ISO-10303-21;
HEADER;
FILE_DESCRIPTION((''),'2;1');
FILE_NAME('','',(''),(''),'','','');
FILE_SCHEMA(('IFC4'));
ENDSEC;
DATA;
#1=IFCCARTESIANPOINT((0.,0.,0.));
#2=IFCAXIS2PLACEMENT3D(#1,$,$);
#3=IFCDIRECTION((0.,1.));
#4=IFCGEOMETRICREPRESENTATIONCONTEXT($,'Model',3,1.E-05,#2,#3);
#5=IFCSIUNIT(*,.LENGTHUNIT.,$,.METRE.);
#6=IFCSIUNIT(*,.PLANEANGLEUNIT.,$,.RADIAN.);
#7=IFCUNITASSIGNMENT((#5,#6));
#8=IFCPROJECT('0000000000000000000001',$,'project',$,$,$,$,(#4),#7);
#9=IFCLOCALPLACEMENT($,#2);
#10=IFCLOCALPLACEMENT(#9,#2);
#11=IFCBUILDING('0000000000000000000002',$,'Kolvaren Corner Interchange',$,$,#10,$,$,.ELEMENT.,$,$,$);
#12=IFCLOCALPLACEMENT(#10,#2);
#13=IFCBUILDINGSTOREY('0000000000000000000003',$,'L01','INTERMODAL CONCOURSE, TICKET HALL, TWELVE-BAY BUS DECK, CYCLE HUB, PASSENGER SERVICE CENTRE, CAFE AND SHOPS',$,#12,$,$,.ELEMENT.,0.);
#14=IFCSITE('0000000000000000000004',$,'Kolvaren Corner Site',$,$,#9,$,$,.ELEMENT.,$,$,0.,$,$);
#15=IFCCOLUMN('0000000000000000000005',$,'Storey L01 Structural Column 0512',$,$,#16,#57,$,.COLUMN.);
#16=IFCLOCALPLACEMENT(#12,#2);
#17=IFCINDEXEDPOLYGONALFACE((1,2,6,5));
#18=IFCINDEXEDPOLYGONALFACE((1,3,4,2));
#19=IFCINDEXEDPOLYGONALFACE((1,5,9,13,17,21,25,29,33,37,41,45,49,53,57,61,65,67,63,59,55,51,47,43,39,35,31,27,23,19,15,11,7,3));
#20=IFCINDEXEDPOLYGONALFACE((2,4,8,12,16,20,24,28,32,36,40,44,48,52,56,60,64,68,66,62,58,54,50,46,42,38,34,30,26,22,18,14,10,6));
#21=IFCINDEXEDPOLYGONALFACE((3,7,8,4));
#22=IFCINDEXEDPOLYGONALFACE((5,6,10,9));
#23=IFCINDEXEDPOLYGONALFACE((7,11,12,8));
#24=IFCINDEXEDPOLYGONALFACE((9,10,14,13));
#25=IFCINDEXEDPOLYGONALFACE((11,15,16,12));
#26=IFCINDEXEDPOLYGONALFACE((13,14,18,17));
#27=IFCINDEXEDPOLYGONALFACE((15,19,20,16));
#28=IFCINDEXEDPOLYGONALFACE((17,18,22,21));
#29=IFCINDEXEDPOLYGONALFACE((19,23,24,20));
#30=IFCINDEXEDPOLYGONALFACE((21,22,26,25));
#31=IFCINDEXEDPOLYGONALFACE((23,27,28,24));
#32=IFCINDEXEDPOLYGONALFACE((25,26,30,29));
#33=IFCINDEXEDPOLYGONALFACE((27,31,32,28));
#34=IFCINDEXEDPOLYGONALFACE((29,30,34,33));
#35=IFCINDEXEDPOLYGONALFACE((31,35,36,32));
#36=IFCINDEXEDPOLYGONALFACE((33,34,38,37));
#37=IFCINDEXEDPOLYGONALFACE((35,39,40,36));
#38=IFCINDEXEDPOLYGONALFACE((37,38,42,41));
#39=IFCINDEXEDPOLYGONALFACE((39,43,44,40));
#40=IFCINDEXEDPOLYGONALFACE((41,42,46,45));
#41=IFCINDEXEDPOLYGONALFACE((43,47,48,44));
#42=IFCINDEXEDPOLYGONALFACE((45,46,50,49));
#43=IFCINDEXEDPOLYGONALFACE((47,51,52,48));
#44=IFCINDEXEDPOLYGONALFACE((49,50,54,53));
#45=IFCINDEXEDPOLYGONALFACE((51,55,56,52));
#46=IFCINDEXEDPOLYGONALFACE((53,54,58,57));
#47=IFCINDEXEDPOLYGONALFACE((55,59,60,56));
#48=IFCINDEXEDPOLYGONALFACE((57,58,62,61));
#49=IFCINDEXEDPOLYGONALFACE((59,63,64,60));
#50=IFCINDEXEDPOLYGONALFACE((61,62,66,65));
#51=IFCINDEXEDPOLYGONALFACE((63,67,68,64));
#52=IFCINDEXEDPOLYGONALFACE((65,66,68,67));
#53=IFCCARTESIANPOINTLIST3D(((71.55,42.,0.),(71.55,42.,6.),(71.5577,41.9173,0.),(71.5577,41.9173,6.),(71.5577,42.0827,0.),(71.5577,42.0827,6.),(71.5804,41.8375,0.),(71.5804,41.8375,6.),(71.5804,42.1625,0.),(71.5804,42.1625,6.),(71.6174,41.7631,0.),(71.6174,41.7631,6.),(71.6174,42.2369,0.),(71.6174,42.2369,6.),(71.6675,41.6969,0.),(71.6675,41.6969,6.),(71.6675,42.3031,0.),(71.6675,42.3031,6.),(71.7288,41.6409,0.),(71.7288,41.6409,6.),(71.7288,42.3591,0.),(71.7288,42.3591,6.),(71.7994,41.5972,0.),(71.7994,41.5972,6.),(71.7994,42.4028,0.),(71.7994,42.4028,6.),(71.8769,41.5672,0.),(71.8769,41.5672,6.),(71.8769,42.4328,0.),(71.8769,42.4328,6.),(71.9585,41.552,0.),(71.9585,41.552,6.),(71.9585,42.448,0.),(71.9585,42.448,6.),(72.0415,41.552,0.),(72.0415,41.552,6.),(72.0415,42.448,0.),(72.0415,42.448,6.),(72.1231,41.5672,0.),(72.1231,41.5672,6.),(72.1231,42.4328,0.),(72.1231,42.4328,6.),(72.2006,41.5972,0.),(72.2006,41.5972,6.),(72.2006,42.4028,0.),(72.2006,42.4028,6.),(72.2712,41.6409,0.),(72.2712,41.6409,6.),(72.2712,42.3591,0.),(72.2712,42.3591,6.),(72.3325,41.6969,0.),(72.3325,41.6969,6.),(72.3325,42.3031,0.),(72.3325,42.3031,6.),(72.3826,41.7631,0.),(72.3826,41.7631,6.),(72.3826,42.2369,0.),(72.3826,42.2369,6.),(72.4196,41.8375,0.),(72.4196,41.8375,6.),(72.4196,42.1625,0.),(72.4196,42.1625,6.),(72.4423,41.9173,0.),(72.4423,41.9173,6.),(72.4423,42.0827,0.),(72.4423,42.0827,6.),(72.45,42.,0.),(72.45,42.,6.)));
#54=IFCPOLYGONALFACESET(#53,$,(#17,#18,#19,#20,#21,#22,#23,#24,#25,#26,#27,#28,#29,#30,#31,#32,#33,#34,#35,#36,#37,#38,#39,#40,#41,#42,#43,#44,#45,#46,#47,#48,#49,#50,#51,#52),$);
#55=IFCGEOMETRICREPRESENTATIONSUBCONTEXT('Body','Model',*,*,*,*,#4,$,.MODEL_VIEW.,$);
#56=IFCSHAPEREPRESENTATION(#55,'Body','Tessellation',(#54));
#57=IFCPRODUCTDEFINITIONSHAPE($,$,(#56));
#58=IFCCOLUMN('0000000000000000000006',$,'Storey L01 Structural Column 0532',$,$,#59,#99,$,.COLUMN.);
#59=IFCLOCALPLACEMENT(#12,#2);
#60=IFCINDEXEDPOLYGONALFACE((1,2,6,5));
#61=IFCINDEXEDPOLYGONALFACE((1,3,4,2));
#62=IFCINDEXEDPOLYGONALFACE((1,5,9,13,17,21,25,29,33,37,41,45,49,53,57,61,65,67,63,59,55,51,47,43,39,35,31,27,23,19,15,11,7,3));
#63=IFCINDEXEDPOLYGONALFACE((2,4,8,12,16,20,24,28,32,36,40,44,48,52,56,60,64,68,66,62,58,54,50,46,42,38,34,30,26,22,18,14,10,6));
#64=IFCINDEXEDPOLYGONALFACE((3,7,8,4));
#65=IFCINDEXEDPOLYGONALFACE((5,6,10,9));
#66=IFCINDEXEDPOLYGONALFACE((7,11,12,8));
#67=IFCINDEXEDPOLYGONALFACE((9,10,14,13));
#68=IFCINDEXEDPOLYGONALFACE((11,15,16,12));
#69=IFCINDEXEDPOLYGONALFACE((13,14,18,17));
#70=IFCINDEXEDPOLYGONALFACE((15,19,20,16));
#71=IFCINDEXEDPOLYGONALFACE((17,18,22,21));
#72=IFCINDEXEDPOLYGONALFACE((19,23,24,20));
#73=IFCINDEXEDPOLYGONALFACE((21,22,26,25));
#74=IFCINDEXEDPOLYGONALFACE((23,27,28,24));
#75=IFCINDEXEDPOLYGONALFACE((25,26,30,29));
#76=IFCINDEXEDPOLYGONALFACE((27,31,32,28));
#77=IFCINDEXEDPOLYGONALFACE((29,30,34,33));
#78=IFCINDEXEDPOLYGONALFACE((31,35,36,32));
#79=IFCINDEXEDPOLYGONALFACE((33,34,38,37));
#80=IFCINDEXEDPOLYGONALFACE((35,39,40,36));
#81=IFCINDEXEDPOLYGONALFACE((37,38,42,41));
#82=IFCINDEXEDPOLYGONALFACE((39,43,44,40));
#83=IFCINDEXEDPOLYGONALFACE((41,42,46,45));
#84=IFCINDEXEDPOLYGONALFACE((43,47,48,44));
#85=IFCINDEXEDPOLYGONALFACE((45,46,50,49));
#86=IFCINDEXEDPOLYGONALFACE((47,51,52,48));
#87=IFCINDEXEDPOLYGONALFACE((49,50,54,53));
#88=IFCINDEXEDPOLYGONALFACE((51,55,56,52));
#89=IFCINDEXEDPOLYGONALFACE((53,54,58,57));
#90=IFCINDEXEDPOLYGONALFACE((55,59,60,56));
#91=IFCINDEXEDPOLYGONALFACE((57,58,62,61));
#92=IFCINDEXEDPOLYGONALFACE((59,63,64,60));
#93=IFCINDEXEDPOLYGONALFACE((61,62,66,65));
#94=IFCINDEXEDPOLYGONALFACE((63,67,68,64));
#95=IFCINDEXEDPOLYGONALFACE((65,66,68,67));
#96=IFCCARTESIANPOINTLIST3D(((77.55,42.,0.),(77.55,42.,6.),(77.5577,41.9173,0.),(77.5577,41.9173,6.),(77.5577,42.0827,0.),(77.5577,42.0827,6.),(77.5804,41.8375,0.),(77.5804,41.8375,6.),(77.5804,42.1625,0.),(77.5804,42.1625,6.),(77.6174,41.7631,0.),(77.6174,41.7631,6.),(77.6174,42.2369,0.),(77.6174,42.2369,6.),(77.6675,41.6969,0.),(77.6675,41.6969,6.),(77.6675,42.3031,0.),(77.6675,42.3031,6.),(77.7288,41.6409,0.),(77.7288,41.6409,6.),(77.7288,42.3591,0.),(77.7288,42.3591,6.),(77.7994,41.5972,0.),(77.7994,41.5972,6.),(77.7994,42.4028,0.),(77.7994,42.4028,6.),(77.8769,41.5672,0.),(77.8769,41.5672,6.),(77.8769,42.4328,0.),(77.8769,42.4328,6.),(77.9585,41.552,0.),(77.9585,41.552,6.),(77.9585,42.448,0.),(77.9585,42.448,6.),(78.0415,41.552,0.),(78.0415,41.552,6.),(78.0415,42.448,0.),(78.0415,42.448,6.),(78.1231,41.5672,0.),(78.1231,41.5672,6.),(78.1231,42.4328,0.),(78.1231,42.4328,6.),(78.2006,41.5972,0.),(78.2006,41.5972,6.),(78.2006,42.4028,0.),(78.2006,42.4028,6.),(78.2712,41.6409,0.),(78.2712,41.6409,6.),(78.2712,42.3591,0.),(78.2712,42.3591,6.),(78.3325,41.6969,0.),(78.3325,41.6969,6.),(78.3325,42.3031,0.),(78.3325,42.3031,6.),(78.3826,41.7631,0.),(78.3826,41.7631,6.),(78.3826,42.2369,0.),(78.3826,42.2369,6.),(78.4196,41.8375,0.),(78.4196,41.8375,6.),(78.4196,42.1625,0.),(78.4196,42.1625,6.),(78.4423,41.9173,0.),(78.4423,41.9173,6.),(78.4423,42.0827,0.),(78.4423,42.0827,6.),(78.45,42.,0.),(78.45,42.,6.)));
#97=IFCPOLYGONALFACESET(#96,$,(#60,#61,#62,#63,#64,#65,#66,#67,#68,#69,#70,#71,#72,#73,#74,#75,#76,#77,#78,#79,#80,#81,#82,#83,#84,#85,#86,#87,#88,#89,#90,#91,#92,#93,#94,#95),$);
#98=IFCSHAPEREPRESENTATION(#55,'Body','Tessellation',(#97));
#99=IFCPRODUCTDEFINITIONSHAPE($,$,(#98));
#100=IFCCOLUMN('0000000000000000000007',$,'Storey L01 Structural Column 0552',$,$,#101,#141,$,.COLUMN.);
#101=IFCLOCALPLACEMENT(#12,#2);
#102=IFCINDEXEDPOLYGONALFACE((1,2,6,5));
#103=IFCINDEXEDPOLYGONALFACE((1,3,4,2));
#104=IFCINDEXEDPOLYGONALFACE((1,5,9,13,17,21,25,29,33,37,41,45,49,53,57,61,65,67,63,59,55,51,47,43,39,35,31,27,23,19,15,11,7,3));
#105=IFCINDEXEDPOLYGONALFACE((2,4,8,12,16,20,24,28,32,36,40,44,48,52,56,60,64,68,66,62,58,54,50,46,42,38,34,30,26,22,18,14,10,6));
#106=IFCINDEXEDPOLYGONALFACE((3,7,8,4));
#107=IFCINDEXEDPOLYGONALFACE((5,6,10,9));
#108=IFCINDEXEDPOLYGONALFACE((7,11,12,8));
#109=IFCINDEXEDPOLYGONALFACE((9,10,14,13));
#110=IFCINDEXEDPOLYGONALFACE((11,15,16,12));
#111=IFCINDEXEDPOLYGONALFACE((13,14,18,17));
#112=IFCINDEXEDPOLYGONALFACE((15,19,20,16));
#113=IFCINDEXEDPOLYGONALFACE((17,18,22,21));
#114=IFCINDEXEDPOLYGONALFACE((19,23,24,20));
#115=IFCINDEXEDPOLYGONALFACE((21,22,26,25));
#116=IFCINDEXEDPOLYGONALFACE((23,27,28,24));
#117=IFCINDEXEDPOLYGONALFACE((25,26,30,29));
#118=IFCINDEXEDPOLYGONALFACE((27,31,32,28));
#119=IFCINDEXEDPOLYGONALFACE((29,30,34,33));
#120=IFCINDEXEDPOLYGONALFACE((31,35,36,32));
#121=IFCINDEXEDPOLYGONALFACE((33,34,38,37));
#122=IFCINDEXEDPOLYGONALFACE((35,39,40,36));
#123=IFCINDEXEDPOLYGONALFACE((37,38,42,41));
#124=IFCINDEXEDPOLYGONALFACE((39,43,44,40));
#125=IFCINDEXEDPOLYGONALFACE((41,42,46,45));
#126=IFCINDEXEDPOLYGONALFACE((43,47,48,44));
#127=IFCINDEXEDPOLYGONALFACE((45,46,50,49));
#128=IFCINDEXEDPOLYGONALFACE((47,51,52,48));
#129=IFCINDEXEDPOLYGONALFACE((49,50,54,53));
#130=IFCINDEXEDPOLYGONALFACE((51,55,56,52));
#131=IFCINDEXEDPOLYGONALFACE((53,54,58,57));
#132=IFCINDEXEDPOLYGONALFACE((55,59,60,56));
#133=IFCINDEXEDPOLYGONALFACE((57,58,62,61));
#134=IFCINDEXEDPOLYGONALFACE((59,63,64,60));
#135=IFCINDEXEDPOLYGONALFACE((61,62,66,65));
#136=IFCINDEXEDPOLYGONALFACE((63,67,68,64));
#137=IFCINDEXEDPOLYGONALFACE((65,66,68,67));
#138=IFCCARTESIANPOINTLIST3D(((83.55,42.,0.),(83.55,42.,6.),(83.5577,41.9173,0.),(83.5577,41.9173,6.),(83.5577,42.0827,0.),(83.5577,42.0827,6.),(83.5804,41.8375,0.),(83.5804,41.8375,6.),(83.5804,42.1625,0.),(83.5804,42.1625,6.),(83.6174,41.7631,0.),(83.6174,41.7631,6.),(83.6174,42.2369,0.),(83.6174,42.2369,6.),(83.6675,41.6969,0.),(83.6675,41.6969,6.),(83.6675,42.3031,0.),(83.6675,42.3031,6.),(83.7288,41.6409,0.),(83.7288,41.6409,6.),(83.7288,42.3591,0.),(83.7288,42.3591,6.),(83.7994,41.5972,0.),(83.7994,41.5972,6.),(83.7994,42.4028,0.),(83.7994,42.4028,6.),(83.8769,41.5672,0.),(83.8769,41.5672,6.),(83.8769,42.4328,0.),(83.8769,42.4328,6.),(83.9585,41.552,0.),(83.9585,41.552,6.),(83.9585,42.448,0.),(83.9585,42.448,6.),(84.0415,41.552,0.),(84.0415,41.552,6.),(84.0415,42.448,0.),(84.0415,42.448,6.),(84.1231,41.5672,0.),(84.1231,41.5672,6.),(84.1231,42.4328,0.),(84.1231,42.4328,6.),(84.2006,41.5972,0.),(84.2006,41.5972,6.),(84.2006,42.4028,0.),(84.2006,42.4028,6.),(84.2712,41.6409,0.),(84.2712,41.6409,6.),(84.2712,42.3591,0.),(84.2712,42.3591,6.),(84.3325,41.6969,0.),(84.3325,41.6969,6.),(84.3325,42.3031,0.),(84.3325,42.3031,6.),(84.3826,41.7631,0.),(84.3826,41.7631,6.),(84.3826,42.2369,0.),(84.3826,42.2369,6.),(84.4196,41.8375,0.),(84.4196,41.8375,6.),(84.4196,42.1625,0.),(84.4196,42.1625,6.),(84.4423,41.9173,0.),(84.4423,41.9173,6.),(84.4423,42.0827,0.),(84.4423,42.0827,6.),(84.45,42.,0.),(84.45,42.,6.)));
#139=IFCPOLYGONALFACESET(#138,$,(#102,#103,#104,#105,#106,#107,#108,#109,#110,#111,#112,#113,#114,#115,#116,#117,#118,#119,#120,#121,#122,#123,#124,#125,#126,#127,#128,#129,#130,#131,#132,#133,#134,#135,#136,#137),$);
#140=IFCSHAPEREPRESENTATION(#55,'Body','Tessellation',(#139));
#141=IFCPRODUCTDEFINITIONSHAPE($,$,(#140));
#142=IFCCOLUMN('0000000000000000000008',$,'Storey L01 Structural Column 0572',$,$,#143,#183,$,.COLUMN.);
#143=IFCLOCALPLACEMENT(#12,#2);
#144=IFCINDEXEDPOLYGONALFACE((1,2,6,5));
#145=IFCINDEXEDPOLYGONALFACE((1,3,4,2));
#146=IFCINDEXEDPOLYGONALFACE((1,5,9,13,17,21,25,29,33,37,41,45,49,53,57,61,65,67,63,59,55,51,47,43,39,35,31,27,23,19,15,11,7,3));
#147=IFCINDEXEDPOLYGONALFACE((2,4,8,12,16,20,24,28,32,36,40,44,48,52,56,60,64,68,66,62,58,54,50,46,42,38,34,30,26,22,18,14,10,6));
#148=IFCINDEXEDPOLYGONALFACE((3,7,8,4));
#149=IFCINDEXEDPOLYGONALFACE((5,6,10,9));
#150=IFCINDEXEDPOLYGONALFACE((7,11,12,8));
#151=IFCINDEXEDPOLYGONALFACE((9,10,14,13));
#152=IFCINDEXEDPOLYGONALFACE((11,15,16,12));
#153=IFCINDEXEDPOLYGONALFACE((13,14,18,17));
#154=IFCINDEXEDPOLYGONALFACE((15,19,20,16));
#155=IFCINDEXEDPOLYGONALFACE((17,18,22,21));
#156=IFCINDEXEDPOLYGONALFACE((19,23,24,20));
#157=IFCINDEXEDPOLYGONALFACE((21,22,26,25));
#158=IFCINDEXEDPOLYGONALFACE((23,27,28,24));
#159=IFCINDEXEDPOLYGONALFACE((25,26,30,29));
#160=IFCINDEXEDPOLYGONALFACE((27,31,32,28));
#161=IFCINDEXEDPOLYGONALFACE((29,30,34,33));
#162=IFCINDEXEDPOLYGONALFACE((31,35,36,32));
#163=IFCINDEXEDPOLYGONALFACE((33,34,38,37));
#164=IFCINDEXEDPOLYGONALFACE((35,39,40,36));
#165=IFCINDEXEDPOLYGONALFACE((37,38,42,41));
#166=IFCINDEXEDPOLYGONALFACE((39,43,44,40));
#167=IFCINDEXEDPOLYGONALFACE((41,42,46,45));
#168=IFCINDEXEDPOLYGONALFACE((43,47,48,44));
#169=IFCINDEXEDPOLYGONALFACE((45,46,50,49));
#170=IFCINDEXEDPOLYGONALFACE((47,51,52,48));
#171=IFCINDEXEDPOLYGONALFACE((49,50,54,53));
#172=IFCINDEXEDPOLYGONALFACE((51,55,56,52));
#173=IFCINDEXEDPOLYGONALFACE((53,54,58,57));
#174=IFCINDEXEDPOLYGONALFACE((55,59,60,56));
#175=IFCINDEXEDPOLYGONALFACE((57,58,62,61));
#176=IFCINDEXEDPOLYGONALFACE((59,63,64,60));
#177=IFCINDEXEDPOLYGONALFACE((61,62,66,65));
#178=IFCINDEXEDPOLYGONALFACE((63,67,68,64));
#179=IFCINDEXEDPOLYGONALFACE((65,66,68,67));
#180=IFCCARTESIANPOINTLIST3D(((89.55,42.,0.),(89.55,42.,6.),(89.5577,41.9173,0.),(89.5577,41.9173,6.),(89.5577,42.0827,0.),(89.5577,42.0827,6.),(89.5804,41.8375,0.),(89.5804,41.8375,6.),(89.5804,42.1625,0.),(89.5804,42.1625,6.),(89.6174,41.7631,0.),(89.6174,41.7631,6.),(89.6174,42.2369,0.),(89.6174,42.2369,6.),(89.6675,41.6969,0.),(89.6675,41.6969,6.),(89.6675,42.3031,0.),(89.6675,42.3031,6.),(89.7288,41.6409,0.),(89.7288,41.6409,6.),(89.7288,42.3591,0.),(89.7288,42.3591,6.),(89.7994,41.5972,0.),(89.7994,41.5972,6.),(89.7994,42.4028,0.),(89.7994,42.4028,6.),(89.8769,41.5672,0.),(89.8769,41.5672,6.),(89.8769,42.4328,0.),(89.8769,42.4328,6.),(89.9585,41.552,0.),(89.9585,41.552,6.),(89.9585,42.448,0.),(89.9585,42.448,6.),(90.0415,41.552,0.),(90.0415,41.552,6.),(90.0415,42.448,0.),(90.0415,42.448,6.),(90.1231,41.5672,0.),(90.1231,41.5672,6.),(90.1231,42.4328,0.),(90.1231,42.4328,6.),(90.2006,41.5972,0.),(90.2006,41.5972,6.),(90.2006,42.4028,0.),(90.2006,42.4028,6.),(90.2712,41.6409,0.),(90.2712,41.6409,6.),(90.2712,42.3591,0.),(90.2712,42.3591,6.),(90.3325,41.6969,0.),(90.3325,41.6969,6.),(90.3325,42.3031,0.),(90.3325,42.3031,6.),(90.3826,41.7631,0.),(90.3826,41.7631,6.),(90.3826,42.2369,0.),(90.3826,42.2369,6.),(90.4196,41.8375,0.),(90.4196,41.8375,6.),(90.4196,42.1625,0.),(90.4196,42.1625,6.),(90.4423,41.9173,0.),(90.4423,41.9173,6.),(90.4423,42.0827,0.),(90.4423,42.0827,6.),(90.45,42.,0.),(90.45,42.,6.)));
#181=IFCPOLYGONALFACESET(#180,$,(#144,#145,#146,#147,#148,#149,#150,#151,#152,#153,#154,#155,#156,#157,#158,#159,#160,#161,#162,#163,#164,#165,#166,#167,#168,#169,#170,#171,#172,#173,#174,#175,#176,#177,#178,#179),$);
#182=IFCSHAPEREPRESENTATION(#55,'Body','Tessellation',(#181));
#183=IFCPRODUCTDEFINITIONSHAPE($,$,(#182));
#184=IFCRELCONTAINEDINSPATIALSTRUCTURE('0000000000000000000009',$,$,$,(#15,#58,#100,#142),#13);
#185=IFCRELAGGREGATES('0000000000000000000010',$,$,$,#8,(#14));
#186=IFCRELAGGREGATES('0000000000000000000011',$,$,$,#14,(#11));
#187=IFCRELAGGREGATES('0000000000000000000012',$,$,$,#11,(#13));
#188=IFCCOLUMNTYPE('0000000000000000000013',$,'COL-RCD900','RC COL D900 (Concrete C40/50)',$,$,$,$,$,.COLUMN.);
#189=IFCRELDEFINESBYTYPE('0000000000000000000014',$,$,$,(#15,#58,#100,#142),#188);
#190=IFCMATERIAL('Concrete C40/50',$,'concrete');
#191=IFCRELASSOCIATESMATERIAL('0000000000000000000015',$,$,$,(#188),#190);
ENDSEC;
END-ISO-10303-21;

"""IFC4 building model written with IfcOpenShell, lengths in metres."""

from ifc_helpers import new_model, si_unit, direction, frame, origin, origin_2d, place, context, subcontext, project, spatial, circle, extrude, material, material_profile, profile_set, type_object, element, save


model = new_model("IFC4")

# Units and contexts
model_context = context("Model", 3, precision=1e-05, world=origin(), true_north=direction((0.0, 1.0)))
body_context = subcontext(model_context, "Body", "Model", "MODEL_VIEW")
ifc_project = project(units=[si_unit("LENGTHUNIT", "METRE"), si_unit("PLANEANGLEUNIT", "RADIAN")], contexts=[model_context])

# Site, building, storey
site_placement = place(None, origin())
site = spatial("IfcSite", under=ifc_project, at=site_placement, Name="Kolvaren Corner Site", CompositionType="ELEMENT", RefElevation=0.0)
building_placement = place(site_placement, origin())
building = spatial("IfcBuilding", under=site, at=building_placement, Name="Kolvaren Corner Interchange", CompositionType="ELEMENT")
storey_placement = place(building_placement, origin())
storey = spatial("IfcBuildingStorey", under=building, at=storey_placement, Name="L01", Description="INTERMODAL CONCOURSE, TICKET HALL, TWELVE-BAY BUS DECK, CYCLE HUB, PASSENGER SERVICE CENTRE, CAFE AND SHOPS", CompositionType="ELEMENT", Elevation=0.0)

# Columns
ifc_material_1 = material(Name="Concrete C40/50", Category="concrete")
ifc_material_profile_1 = material_profile(ifc_material_1, circle(Radius=0.45, at=origin_2d()), Name="RC COL D900")
ifc_profile_set_1 = profile_set([ifc_material_profile_1], Name="Concrete C40/50")
column_type = type_object("IfcColumnType", Name="COL-RCD900", Description="RC COL D900 (Concrete C40/50)", PredefinedType="COLUMN", material=ifc_profile_set_1)
for number, where, z_axis, x_axis, name in (
    (1, (72.0, 42.0, 0.0), (0.0, 0.0, 1.0), (1.0, 0.0, 0.0), "Storey L01 Structural Column 0512"),
    (2, (78.0, 42.0, 0.0), (0.0, 0.0, 1.0), (1.0, 0.0, 0.0), "Storey L01 Structural Column 0532"),
    (3, (84.0, 42.0, 0.0), (0.0, 0.0, 1.0), (1.0, 0.0, 0.0), "Storey L01 Structural Column 0552"),
    (4, (90.0, 42.0, 0.0), (0.0, 0.0, 1.0), (1.0, 0.0, 0.0), "Storey L01 Structural Column 0572"),
):
    element("IfcColumn", number, at=place(storey_placement, frame(where, z_axis=z_axis, x_axis=x_axis)), inside=storey, type_object=column_type, Name=name, PredefinedType="COLUMN", context=body_context, shape_type="SweptSolid", body=[
        extrude(circle(Radius=0.45, at=origin_2d()), origin(), (0.0, 0.0, 1.0), 6.0),
    ])

save(model, "model.ifc")
